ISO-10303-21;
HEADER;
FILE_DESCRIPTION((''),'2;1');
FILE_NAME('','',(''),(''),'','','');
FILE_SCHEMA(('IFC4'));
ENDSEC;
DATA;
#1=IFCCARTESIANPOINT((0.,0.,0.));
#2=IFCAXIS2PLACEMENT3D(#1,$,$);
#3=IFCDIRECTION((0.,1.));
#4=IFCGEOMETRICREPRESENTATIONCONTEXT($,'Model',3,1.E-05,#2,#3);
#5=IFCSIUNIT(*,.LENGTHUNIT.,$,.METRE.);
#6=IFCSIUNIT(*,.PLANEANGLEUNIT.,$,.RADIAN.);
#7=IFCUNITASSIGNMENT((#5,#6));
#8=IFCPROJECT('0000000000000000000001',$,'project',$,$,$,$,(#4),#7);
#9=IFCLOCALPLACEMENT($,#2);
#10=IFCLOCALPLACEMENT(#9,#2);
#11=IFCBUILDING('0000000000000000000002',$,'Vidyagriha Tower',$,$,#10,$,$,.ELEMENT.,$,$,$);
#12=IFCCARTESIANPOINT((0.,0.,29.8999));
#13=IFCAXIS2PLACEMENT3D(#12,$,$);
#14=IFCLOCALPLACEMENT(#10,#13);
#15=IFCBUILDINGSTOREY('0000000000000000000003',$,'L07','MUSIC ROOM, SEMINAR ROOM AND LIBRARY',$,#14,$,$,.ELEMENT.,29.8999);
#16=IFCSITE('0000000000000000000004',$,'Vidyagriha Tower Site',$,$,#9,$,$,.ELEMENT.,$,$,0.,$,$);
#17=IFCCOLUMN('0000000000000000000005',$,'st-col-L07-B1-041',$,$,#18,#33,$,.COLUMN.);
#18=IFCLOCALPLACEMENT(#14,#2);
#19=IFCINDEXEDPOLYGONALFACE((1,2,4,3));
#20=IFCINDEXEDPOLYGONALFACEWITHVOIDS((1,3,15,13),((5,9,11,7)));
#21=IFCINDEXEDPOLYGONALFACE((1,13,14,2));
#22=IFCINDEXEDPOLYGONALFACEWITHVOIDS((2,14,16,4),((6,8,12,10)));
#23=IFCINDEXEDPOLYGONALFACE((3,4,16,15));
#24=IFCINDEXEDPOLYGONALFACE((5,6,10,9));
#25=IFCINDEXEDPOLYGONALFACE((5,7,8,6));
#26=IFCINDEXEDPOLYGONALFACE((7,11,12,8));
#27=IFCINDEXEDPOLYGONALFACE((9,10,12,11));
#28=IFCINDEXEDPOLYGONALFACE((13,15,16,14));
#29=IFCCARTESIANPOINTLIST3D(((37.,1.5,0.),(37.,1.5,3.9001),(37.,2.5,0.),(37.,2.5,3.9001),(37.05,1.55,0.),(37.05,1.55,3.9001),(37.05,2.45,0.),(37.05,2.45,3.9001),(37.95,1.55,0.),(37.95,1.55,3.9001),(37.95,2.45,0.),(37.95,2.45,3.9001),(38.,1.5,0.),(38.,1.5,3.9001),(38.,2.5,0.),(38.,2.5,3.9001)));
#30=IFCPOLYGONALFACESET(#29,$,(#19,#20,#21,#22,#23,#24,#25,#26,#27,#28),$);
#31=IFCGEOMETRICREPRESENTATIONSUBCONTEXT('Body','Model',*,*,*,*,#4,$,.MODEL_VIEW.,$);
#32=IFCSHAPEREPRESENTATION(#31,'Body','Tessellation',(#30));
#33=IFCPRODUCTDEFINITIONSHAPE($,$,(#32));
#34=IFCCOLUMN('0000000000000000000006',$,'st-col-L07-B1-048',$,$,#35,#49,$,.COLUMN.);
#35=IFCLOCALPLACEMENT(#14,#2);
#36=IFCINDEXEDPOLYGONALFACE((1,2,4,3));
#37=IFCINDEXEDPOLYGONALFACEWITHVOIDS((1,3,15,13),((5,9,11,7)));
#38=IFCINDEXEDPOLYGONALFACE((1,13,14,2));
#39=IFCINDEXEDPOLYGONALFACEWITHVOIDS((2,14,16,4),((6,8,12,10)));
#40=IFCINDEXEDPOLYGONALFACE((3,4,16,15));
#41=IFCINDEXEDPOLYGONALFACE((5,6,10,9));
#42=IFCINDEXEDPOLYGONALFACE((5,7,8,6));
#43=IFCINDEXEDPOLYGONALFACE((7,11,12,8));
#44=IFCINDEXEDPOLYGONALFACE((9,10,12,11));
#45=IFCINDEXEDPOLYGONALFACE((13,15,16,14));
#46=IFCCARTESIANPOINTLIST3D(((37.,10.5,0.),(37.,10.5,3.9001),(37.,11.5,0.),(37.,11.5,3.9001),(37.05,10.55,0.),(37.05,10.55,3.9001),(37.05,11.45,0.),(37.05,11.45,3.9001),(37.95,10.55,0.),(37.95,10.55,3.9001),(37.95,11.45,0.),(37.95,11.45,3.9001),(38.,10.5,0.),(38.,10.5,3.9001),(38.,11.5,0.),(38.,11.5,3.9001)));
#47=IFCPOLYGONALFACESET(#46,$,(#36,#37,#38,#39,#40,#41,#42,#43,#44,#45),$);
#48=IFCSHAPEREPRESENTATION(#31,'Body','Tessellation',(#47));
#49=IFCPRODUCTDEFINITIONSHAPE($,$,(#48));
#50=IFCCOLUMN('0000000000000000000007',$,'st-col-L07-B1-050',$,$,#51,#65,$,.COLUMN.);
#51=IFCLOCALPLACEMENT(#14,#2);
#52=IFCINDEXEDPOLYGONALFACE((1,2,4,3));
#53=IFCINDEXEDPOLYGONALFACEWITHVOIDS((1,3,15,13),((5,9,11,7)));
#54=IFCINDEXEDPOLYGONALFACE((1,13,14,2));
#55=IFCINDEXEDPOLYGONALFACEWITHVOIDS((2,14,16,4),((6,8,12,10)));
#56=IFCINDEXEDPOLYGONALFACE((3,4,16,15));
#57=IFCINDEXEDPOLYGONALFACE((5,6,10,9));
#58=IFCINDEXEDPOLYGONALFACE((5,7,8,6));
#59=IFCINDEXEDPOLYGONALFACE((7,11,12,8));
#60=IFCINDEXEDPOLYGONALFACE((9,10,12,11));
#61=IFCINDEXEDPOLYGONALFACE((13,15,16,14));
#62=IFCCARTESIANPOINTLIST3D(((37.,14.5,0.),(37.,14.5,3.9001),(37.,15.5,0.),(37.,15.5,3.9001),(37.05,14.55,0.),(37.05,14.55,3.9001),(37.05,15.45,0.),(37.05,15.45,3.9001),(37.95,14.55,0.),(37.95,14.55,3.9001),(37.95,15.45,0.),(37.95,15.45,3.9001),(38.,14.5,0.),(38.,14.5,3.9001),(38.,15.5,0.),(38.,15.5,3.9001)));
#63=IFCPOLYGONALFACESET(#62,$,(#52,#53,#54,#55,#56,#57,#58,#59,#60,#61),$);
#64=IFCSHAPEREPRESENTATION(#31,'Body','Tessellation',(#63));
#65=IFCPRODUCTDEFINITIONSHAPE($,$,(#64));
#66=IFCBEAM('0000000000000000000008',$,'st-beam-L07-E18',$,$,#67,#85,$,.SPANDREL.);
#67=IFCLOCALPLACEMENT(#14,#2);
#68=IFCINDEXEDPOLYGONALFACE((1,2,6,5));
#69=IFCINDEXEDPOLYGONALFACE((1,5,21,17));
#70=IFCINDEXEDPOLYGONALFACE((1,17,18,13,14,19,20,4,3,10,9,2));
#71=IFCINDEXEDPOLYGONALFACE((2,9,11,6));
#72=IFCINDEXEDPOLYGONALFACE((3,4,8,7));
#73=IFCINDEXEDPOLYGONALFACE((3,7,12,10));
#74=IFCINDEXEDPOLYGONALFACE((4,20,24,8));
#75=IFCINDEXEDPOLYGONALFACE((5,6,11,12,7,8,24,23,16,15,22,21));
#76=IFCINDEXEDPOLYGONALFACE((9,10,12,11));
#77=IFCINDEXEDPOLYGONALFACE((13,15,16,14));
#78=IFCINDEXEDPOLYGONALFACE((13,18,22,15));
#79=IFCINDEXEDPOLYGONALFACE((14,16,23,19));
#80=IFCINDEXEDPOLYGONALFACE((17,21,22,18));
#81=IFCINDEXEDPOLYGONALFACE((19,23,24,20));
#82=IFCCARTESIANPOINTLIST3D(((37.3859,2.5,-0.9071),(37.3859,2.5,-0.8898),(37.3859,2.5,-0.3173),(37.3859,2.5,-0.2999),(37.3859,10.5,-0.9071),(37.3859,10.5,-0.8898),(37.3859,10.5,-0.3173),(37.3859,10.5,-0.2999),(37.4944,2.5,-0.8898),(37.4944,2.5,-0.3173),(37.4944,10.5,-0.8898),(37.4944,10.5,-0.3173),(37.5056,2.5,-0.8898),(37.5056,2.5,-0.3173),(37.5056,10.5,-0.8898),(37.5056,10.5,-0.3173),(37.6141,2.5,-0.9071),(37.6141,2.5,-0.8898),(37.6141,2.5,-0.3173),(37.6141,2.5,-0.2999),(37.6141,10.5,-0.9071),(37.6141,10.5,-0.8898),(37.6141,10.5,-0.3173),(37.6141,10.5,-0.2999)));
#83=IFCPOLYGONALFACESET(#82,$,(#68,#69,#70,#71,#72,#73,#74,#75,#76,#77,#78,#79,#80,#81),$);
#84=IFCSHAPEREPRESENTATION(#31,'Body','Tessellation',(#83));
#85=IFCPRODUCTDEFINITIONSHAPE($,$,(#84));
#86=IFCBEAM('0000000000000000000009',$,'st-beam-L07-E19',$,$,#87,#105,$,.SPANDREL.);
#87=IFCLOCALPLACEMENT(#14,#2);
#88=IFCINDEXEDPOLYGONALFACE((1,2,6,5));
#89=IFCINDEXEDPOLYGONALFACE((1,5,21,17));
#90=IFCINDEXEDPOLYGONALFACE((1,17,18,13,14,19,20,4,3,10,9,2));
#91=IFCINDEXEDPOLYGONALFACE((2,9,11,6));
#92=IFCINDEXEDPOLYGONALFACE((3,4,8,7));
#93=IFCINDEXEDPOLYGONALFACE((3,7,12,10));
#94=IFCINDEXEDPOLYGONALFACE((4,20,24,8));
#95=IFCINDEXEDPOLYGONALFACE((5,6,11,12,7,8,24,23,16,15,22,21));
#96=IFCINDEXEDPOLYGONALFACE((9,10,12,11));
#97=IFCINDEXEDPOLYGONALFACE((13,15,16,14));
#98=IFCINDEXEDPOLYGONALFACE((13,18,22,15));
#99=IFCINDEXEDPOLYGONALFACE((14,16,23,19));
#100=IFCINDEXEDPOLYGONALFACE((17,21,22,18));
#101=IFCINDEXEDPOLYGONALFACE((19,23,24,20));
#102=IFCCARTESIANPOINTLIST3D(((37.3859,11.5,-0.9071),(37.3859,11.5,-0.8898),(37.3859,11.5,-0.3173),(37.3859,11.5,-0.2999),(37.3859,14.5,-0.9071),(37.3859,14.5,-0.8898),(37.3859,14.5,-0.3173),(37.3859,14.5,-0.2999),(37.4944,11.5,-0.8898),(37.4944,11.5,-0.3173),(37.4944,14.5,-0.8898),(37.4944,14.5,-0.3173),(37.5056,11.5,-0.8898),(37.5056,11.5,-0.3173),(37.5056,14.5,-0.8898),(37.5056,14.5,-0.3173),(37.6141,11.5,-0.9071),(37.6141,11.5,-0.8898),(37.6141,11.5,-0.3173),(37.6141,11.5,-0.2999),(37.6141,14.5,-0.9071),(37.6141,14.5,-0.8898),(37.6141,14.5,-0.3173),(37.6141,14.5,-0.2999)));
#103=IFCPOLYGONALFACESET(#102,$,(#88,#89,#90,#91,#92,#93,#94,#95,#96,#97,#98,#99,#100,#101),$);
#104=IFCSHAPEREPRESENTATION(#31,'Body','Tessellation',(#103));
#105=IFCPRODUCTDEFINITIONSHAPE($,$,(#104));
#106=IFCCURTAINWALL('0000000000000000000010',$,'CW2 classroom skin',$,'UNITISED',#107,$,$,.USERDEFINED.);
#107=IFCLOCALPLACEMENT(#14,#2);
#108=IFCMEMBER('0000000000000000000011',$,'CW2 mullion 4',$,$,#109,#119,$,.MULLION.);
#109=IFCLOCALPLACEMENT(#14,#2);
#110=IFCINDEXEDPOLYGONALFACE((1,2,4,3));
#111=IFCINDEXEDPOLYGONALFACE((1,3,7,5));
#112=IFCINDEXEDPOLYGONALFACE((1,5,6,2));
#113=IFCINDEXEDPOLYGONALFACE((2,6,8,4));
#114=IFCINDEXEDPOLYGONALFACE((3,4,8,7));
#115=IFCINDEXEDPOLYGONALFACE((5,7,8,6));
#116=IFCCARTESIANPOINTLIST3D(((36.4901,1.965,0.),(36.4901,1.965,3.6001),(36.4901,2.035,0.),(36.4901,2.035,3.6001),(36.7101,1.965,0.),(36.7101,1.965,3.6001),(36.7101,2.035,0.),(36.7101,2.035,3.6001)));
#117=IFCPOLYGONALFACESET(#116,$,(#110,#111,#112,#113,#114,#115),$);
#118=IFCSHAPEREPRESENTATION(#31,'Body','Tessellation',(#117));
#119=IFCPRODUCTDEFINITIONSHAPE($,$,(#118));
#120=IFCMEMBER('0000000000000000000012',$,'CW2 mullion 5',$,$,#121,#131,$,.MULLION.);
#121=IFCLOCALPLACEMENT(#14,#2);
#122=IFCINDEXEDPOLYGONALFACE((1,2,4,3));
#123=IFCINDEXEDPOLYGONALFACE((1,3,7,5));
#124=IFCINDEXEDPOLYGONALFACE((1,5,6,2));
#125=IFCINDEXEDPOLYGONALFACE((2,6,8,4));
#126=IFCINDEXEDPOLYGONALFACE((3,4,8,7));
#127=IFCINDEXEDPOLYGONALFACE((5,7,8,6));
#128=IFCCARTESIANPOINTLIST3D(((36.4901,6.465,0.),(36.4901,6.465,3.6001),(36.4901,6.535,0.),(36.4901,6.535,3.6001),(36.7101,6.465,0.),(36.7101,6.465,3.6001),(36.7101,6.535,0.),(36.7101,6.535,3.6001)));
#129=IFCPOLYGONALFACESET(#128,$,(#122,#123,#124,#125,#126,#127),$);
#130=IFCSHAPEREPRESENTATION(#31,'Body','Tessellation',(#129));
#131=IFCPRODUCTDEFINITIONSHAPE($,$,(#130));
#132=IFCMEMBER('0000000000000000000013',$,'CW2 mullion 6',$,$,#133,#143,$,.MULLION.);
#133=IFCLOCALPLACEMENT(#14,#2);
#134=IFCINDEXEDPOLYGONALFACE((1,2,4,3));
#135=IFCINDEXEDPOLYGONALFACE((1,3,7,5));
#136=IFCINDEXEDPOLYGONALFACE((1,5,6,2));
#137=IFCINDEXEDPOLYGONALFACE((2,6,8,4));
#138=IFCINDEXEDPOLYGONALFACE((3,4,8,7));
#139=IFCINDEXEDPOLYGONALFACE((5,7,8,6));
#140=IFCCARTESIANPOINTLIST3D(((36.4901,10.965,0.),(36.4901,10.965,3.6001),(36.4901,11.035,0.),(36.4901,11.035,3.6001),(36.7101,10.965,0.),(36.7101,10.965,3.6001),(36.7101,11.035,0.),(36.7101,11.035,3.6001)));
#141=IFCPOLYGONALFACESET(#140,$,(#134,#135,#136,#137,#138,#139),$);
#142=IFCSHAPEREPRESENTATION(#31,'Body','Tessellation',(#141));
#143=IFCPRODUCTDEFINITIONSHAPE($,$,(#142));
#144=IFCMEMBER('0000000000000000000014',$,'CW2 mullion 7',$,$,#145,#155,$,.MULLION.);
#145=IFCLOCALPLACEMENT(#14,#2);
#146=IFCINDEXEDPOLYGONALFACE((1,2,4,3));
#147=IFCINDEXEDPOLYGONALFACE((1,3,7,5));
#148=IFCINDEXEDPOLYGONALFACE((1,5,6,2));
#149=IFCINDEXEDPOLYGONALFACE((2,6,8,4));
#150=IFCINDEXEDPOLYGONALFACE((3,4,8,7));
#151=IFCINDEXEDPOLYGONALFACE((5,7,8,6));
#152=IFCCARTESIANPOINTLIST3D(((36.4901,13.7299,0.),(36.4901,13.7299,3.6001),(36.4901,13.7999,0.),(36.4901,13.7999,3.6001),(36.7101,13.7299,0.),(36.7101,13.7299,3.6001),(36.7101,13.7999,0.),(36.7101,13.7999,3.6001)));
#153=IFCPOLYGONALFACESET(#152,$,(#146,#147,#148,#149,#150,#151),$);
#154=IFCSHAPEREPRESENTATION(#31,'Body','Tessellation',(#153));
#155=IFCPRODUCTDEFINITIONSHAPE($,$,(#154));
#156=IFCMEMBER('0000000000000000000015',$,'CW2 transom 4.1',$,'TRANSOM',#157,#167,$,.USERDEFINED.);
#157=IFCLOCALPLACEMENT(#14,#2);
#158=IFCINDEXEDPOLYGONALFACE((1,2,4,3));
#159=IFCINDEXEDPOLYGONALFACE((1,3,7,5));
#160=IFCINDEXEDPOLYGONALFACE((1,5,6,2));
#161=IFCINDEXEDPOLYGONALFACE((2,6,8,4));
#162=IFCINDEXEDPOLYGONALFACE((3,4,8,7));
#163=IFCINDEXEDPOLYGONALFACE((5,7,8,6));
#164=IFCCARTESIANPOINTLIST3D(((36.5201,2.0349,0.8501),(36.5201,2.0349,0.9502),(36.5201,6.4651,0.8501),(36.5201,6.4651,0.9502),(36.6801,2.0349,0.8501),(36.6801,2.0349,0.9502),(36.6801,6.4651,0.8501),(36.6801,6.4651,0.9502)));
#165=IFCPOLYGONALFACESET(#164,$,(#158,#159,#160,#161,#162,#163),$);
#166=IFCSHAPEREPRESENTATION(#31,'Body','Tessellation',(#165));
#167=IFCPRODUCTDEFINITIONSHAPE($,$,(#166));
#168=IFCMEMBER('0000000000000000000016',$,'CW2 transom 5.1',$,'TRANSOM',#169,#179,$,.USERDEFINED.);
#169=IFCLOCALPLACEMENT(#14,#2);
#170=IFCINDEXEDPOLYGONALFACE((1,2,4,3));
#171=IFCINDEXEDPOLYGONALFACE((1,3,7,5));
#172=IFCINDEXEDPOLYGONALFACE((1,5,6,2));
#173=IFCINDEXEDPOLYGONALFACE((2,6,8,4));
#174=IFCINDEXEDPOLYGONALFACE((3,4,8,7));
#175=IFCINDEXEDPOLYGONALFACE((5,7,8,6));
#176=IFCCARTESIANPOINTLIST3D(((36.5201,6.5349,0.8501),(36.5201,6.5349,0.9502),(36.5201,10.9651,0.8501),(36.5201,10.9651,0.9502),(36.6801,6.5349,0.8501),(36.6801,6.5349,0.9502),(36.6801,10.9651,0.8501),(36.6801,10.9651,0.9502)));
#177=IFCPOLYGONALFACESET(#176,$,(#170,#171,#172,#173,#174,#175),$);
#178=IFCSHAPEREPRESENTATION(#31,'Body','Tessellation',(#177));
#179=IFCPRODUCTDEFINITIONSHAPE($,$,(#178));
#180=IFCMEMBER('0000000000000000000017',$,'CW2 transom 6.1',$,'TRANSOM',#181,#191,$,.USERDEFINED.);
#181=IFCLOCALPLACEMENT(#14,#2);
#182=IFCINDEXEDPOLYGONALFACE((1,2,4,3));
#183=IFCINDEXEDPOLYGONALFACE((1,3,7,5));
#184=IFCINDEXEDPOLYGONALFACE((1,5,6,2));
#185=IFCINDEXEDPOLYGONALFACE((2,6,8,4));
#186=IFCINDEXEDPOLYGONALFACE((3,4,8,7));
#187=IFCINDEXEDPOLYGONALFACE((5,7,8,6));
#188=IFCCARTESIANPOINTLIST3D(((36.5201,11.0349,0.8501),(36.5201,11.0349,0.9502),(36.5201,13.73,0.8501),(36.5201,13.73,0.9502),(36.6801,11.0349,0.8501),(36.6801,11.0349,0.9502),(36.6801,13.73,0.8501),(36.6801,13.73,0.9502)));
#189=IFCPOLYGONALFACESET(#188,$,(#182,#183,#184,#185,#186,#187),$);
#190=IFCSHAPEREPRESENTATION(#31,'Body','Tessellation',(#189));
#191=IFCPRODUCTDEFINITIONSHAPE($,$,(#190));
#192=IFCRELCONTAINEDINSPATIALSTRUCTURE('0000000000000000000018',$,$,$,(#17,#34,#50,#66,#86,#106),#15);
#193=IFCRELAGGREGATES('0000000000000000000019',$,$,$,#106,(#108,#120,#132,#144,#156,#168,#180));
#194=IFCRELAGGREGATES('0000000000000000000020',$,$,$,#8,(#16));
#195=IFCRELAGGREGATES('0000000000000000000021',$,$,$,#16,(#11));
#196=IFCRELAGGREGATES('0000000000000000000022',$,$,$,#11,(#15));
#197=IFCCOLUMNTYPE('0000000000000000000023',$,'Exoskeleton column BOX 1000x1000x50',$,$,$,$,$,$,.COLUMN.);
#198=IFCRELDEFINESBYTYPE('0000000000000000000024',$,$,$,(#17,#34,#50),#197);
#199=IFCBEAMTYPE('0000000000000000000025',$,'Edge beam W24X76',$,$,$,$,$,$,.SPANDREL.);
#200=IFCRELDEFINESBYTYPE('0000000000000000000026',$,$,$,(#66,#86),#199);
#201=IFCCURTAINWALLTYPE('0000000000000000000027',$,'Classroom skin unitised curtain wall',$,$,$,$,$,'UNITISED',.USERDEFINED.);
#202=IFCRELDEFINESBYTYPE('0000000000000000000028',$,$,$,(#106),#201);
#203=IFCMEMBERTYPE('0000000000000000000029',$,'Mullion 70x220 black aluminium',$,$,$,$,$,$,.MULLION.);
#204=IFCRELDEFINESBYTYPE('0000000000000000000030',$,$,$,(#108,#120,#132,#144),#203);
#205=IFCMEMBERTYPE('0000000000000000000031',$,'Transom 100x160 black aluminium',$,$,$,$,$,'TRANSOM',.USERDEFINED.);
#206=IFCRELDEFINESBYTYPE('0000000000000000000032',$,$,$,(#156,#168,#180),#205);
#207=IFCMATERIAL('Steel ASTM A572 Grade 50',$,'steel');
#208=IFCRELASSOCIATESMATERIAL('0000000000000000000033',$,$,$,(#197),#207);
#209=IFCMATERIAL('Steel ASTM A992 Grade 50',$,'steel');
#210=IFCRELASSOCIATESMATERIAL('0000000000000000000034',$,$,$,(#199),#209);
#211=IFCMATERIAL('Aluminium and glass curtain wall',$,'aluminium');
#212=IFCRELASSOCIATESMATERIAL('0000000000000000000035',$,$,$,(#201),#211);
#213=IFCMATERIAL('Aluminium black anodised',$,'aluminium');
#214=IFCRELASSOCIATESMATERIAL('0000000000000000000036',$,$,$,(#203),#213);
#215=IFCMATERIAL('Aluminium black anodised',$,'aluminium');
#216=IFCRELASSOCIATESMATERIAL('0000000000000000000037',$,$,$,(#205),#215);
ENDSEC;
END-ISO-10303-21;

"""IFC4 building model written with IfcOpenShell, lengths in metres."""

from ifc_helpers import new_model, si_unit, direction, frame, origin, origin_2d, place, context, subcontext, project, spatial, rectangle, hollow_rectangle, i_section, extrude, material, material_profile, profile_set, type_object, element, aggregate, save


model = new_model("IFC4")

# Units and contexts
model_context = context("Model", 3, precision=1e-05, world=origin(), true_north=direction((0.0, 1.0)))
body_context = subcontext(model_context, "Body", "Model", "MODEL_VIEW")
ifc_project = project(units=[si_unit("LENGTHUNIT", "METRE"), si_unit("PLANEANGLEUNIT", "RADIAN")], contexts=[model_context])

# Site, building, storey
site_placement = place(None, origin())
site = spatial("IfcSite", under=ifc_project, at=site_placement, Name="Vidyagriha Tower Site", CompositionType="ELEMENT", RefElevation=0.0)
building_placement = place(site_placement, origin())
building = spatial("IfcBuilding", under=site, at=building_placement, Name="Vidyagriha Tower", CompositionType="ELEMENT")
storey_placement = place(building_placement, frame((0.0, 0.0, 29.8999)))
storey = spatial("IfcBuildingStorey", under=building, at=storey_placement, Name="L07", Description="MUSIC ROOM, SEMINAR ROOM AND LIBRARY", CompositionType="ELEMENT", Elevation=29.8999)

# Columns
ifc_material_1 = material(Name="Steel ASTM A572 Grade 50", Category="steel")
ifc_material_profile_1 = material_profile(ifc_material_1, hollow_rectangle(XDim=1.0, YDim=1.0, WallThickness=0.05, at=origin_2d()), Name="BOX 1000x1000x50")
ifc_profile_set_1 = profile_set([ifc_material_profile_1], Name="Steel ASTM A572 Grade 50")
column_type = type_object("IfcColumnType", Name="Exoskeleton column BOX 1000x1000x50", PredefinedType="COLUMN", material=ifc_profile_set_1)
for number, where, name in (
    (1, (37.5, 2.0, 0.0), "st-col-L07-B1-041"),
    (2, (37.5, 11.0, 0.0), "st-col-L07-B1-048"),
    (3, (37.5, 15.0, 0.0), "st-col-L07-B1-050"),
):
    element("IfcColumn", number, at=place(storey_placement, frame(where)), inside=storey, type_object=column_type, Name=name, PredefinedType="COLUMN", context=body_context, shape_type="SweptSolid", body=[
        extrude(hollow_rectangle(XDim=1.0, YDim=1.0, WallThickness=0.05, at=origin_2d()), origin(), (0.0, 0.0, 1.0), 3.9001),
    ])

# Beams
ifc_material_2 = material(Name="Steel ASTM A992 Grade 50", Category="steel")
ifc_material_profile_2 = material_profile(ifc_material_2, i_section(OverallWidth=0.2283, OverallDepth=0.6072, WebThickness=0.0112, FlangeThickness=0.0173, at=origin_2d()), Name="W24X76")
ifc_profile_set_2 = profile_set([ifc_material_profile_2], Name="Steel ASTM A992 Grade 50")
beam_type = type_object("IfcBeamType", Name="Edge beam W24X76", PredefinedType="SPANDREL", material=ifc_profile_set_2)
beam_1_placement = place(storey_placement, frame((37.5, 2.5, -0.6035), z_axis=(0.0, 1.0, 0.0), x_axis=(-1.0, 0.0, 0.0)))
element("IfcBeam", 4, at=beam_1_placement, inside=storey, type_object=beam_type, Name="st-beam-L07-E18", PredefinedType="SPANDREL", context=body_context, shape_type="SweptSolid", body=[
    extrude(i_section(OverallWidth=0.2283, OverallDepth=0.6072, WebThickness=0.0112, FlangeThickness=0.0173, at=origin_2d()), origin(), (0.0, 0.0, 1.0), 8.0),
])
beam_2_placement = place(storey_placement, frame((37.5, 11.5, -0.6035), z_axis=(0.0, 1.0, 0.0), x_axis=(-1.0, 0.0, 0.0)))
element("IfcBeam", 5, at=beam_2_placement, inside=storey, type_object=beam_type, Name="st-beam-L07-E19", PredefinedType="SPANDREL", context=body_context, shape_type="SweptSolid", body=[
    extrude(i_section(OverallWidth=0.2283, OverallDepth=0.6072, WebThickness=0.0112, FlangeThickness=0.0173, at=origin_2d()), origin(), (0.0, 0.0, 1.0), 3.0),
])

# Curtain wall, members
ifc_material_3 = material(Name="Aluminium and glass curtain wall", Category="aluminium")
curtain_wall_type = type_object("IfcCurtainWallType", Name="Classroom skin unitised curtain wall", ElementType="UNITISED", PredefinedType="USERDEFINED", material=ifc_material_3)
curtain_wall_placement = place(storey_placement, origin())
curtain_wall = element("IfcCurtainWall", 6, at=curtain_wall_placement, inside=storey, type_object=curtain_wall_type, Name="CW2 classroom skin", ObjectType="UNITISED", PredefinedType="USERDEFINED")
ifc_material_4 = material(Name="Aluminium black anodised", Category="aluminium")
ifc_material_profile_3 = material_profile(ifc_material_4, rectangle(XDim=0.22, YDim=0.0701, at=origin_2d()), Name="Mullion 70x220 black aluminium")
ifc_profile_set_3 = profile_set([ifc_material_profile_3], Name="Aluminium black anodised")
member_type_1 = type_object("IfcMemberType", Name="Mullion 70x220 black aluminium", PredefinedType="MULLION", material=ifc_profile_set_3)
member_1_placement = place(storey_placement, frame((36.6001, 2.0, 0.0), z_axis=(0.0, 0.0, 1.0), x_axis=(-1.0, 0.0, 0.0)))
member_1 = element("IfcMember", 7, at=member_1_placement, type_object=member_type_1, Name="CW2 mullion 4", PredefinedType="MULLION", context=body_context, shape_type="SweptSolid", body=[
    extrude(rectangle(XDim=0.22, YDim=0.0701, at=origin_2d()), origin(), (0.0, 0.0, 1.0), 3.6001),
])
member_2_placement = place(storey_placement, frame((36.6001, 6.5, 0.0), z_axis=(0.0, 0.0, 1.0), x_axis=(-1.0, 0.0, 0.0)))
member_2 = element("IfcMember", 8, at=member_2_placement, type_object=member_type_1, Name="CW2 mullion 5", PredefinedType="MULLION", context=body_context, shape_type="SweptSolid", body=[
    extrude(rectangle(XDim=0.22, YDim=0.0701, at=origin_2d()), origin(), (0.0, 0.0, 1.0), 3.6001),
])
member_3_placement = place(storey_placement, frame((36.6001, 11.0, 0.0), z_axis=(0.0, 0.0, 1.0), x_axis=(-1.0, 0.0, 0.0)))
member_3 = element("IfcMember", 9, at=member_3_placement, type_object=member_type_1, Name="CW2 mullion 6", PredefinedType="MULLION", context=body_context, shape_type="SweptSolid", body=[
    extrude(rectangle(XDim=0.22, YDim=0.0701, at=origin_2d()), origin(), (0.0, 0.0, 1.0), 3.6001),
])
member_4_placement = place(storey_placement, frame((36.6001, 13.7649, 0.0), z_axis=(0.0, 0.0, 1.0), x_axis=(-1.0, 0.0, 0.0)))
member_4 = element("IfcMember", 10, at=member_4_placement, type_object=member_type_1, Name="CW2 mullion 7", PredefinedType="MULLION", context=body_context, shape_type="SweptSolid", body=[
    extrude(rectangle(XDim=0.22, YDim=0.0701, at=origin_2d()), origin(), (0.0, 0.0, 1.0), 3.6001),
])
ifc_material_5 = material(Name="Aluminium black anodised", Category="aluminium")
ifc_material_profile_4 = material_profile(ifc_material_5, rectangle(XDim=0.1599, YDim=0.1001, at=origin_2d()), Name="Transom 100x160 black aluminium")
ifc_profile_set_4 = profile_set([ifc_material_profile_4], Name="Aluminium black anodised")
member_type_2 = type_object("IfcMemberType", Name="Transom 100x160 black aluminium", ElementType="TRANSOM", PredefinedType="USERDEFINED", material=ifc_profile_set_4)
member_5_placement = place(storey_placement, frame((36.6001, 2.0349, 0.9001), z_axis=(0.0, 1.0, 0.0), x_axis=(-1.0, 0.0, 0.0)))
member_5 = element("IfcMember", 11, at=member_5_placement, type_object=member_type_2, Name="CW2 transom 4.1", ObjectType="TRANSOM", PredefinedType="USERDEFINED", context=body_context, shape_type="SweptSolid", body=[
    extrude(rectangle(XDim=0.1599, YDim=0.1001, at=origin_2d()), origin(), (0.0, 0.0, 1.0), 4.4302),
])
member_6_placement = place(storey_placement, frame((36.6001, 6.5349, 0.9001), z_axis=(0.0, 1.0, 0.0), x_axis=(-1.0, 0.0, 0.0)))
member_6 = element("IfcMember", 12, at=member_6_placement, type_object=member_type_2, Name="CW2 transom 5.1", ObjectType="TRANSOM", PredefinedType="USERDEFINED", context=body_context, shape_type="SweptSolid", body=[
    extrude(rectangle(XDim=0.1599, YDim=0.1001, at=origin_2d()), origin(), (0.0, 0.0, 1.0), 4.4302),
])
member_7_placement = place(storey_placement, frame((36.6001, 11.0349, 0.9001), z_axis=(0.0, 1.0, 0.0), x_axis=(-1.0, 0.0, 0.0)))
member_7 = element("IfcMember", 13, at=member_7_placement, type_object=member_type_2, Name="CW2 transom 6.1", ObjectType="TRANSOM", PredefinedType="USERDEFINED", context=body_context, shape_type="SweptSolid", body=[
    extrude(rectangle(XDim=0.1599, YDim=0.1001, at=origin_2d()), origin(), (0.0, 0.0, 1.0), 2.6951),
])
aggregate(curtain_wall, [member_1, member_2, member_3, member_4, member_5, member_6, member_7])

save(model, "model.ifc")
